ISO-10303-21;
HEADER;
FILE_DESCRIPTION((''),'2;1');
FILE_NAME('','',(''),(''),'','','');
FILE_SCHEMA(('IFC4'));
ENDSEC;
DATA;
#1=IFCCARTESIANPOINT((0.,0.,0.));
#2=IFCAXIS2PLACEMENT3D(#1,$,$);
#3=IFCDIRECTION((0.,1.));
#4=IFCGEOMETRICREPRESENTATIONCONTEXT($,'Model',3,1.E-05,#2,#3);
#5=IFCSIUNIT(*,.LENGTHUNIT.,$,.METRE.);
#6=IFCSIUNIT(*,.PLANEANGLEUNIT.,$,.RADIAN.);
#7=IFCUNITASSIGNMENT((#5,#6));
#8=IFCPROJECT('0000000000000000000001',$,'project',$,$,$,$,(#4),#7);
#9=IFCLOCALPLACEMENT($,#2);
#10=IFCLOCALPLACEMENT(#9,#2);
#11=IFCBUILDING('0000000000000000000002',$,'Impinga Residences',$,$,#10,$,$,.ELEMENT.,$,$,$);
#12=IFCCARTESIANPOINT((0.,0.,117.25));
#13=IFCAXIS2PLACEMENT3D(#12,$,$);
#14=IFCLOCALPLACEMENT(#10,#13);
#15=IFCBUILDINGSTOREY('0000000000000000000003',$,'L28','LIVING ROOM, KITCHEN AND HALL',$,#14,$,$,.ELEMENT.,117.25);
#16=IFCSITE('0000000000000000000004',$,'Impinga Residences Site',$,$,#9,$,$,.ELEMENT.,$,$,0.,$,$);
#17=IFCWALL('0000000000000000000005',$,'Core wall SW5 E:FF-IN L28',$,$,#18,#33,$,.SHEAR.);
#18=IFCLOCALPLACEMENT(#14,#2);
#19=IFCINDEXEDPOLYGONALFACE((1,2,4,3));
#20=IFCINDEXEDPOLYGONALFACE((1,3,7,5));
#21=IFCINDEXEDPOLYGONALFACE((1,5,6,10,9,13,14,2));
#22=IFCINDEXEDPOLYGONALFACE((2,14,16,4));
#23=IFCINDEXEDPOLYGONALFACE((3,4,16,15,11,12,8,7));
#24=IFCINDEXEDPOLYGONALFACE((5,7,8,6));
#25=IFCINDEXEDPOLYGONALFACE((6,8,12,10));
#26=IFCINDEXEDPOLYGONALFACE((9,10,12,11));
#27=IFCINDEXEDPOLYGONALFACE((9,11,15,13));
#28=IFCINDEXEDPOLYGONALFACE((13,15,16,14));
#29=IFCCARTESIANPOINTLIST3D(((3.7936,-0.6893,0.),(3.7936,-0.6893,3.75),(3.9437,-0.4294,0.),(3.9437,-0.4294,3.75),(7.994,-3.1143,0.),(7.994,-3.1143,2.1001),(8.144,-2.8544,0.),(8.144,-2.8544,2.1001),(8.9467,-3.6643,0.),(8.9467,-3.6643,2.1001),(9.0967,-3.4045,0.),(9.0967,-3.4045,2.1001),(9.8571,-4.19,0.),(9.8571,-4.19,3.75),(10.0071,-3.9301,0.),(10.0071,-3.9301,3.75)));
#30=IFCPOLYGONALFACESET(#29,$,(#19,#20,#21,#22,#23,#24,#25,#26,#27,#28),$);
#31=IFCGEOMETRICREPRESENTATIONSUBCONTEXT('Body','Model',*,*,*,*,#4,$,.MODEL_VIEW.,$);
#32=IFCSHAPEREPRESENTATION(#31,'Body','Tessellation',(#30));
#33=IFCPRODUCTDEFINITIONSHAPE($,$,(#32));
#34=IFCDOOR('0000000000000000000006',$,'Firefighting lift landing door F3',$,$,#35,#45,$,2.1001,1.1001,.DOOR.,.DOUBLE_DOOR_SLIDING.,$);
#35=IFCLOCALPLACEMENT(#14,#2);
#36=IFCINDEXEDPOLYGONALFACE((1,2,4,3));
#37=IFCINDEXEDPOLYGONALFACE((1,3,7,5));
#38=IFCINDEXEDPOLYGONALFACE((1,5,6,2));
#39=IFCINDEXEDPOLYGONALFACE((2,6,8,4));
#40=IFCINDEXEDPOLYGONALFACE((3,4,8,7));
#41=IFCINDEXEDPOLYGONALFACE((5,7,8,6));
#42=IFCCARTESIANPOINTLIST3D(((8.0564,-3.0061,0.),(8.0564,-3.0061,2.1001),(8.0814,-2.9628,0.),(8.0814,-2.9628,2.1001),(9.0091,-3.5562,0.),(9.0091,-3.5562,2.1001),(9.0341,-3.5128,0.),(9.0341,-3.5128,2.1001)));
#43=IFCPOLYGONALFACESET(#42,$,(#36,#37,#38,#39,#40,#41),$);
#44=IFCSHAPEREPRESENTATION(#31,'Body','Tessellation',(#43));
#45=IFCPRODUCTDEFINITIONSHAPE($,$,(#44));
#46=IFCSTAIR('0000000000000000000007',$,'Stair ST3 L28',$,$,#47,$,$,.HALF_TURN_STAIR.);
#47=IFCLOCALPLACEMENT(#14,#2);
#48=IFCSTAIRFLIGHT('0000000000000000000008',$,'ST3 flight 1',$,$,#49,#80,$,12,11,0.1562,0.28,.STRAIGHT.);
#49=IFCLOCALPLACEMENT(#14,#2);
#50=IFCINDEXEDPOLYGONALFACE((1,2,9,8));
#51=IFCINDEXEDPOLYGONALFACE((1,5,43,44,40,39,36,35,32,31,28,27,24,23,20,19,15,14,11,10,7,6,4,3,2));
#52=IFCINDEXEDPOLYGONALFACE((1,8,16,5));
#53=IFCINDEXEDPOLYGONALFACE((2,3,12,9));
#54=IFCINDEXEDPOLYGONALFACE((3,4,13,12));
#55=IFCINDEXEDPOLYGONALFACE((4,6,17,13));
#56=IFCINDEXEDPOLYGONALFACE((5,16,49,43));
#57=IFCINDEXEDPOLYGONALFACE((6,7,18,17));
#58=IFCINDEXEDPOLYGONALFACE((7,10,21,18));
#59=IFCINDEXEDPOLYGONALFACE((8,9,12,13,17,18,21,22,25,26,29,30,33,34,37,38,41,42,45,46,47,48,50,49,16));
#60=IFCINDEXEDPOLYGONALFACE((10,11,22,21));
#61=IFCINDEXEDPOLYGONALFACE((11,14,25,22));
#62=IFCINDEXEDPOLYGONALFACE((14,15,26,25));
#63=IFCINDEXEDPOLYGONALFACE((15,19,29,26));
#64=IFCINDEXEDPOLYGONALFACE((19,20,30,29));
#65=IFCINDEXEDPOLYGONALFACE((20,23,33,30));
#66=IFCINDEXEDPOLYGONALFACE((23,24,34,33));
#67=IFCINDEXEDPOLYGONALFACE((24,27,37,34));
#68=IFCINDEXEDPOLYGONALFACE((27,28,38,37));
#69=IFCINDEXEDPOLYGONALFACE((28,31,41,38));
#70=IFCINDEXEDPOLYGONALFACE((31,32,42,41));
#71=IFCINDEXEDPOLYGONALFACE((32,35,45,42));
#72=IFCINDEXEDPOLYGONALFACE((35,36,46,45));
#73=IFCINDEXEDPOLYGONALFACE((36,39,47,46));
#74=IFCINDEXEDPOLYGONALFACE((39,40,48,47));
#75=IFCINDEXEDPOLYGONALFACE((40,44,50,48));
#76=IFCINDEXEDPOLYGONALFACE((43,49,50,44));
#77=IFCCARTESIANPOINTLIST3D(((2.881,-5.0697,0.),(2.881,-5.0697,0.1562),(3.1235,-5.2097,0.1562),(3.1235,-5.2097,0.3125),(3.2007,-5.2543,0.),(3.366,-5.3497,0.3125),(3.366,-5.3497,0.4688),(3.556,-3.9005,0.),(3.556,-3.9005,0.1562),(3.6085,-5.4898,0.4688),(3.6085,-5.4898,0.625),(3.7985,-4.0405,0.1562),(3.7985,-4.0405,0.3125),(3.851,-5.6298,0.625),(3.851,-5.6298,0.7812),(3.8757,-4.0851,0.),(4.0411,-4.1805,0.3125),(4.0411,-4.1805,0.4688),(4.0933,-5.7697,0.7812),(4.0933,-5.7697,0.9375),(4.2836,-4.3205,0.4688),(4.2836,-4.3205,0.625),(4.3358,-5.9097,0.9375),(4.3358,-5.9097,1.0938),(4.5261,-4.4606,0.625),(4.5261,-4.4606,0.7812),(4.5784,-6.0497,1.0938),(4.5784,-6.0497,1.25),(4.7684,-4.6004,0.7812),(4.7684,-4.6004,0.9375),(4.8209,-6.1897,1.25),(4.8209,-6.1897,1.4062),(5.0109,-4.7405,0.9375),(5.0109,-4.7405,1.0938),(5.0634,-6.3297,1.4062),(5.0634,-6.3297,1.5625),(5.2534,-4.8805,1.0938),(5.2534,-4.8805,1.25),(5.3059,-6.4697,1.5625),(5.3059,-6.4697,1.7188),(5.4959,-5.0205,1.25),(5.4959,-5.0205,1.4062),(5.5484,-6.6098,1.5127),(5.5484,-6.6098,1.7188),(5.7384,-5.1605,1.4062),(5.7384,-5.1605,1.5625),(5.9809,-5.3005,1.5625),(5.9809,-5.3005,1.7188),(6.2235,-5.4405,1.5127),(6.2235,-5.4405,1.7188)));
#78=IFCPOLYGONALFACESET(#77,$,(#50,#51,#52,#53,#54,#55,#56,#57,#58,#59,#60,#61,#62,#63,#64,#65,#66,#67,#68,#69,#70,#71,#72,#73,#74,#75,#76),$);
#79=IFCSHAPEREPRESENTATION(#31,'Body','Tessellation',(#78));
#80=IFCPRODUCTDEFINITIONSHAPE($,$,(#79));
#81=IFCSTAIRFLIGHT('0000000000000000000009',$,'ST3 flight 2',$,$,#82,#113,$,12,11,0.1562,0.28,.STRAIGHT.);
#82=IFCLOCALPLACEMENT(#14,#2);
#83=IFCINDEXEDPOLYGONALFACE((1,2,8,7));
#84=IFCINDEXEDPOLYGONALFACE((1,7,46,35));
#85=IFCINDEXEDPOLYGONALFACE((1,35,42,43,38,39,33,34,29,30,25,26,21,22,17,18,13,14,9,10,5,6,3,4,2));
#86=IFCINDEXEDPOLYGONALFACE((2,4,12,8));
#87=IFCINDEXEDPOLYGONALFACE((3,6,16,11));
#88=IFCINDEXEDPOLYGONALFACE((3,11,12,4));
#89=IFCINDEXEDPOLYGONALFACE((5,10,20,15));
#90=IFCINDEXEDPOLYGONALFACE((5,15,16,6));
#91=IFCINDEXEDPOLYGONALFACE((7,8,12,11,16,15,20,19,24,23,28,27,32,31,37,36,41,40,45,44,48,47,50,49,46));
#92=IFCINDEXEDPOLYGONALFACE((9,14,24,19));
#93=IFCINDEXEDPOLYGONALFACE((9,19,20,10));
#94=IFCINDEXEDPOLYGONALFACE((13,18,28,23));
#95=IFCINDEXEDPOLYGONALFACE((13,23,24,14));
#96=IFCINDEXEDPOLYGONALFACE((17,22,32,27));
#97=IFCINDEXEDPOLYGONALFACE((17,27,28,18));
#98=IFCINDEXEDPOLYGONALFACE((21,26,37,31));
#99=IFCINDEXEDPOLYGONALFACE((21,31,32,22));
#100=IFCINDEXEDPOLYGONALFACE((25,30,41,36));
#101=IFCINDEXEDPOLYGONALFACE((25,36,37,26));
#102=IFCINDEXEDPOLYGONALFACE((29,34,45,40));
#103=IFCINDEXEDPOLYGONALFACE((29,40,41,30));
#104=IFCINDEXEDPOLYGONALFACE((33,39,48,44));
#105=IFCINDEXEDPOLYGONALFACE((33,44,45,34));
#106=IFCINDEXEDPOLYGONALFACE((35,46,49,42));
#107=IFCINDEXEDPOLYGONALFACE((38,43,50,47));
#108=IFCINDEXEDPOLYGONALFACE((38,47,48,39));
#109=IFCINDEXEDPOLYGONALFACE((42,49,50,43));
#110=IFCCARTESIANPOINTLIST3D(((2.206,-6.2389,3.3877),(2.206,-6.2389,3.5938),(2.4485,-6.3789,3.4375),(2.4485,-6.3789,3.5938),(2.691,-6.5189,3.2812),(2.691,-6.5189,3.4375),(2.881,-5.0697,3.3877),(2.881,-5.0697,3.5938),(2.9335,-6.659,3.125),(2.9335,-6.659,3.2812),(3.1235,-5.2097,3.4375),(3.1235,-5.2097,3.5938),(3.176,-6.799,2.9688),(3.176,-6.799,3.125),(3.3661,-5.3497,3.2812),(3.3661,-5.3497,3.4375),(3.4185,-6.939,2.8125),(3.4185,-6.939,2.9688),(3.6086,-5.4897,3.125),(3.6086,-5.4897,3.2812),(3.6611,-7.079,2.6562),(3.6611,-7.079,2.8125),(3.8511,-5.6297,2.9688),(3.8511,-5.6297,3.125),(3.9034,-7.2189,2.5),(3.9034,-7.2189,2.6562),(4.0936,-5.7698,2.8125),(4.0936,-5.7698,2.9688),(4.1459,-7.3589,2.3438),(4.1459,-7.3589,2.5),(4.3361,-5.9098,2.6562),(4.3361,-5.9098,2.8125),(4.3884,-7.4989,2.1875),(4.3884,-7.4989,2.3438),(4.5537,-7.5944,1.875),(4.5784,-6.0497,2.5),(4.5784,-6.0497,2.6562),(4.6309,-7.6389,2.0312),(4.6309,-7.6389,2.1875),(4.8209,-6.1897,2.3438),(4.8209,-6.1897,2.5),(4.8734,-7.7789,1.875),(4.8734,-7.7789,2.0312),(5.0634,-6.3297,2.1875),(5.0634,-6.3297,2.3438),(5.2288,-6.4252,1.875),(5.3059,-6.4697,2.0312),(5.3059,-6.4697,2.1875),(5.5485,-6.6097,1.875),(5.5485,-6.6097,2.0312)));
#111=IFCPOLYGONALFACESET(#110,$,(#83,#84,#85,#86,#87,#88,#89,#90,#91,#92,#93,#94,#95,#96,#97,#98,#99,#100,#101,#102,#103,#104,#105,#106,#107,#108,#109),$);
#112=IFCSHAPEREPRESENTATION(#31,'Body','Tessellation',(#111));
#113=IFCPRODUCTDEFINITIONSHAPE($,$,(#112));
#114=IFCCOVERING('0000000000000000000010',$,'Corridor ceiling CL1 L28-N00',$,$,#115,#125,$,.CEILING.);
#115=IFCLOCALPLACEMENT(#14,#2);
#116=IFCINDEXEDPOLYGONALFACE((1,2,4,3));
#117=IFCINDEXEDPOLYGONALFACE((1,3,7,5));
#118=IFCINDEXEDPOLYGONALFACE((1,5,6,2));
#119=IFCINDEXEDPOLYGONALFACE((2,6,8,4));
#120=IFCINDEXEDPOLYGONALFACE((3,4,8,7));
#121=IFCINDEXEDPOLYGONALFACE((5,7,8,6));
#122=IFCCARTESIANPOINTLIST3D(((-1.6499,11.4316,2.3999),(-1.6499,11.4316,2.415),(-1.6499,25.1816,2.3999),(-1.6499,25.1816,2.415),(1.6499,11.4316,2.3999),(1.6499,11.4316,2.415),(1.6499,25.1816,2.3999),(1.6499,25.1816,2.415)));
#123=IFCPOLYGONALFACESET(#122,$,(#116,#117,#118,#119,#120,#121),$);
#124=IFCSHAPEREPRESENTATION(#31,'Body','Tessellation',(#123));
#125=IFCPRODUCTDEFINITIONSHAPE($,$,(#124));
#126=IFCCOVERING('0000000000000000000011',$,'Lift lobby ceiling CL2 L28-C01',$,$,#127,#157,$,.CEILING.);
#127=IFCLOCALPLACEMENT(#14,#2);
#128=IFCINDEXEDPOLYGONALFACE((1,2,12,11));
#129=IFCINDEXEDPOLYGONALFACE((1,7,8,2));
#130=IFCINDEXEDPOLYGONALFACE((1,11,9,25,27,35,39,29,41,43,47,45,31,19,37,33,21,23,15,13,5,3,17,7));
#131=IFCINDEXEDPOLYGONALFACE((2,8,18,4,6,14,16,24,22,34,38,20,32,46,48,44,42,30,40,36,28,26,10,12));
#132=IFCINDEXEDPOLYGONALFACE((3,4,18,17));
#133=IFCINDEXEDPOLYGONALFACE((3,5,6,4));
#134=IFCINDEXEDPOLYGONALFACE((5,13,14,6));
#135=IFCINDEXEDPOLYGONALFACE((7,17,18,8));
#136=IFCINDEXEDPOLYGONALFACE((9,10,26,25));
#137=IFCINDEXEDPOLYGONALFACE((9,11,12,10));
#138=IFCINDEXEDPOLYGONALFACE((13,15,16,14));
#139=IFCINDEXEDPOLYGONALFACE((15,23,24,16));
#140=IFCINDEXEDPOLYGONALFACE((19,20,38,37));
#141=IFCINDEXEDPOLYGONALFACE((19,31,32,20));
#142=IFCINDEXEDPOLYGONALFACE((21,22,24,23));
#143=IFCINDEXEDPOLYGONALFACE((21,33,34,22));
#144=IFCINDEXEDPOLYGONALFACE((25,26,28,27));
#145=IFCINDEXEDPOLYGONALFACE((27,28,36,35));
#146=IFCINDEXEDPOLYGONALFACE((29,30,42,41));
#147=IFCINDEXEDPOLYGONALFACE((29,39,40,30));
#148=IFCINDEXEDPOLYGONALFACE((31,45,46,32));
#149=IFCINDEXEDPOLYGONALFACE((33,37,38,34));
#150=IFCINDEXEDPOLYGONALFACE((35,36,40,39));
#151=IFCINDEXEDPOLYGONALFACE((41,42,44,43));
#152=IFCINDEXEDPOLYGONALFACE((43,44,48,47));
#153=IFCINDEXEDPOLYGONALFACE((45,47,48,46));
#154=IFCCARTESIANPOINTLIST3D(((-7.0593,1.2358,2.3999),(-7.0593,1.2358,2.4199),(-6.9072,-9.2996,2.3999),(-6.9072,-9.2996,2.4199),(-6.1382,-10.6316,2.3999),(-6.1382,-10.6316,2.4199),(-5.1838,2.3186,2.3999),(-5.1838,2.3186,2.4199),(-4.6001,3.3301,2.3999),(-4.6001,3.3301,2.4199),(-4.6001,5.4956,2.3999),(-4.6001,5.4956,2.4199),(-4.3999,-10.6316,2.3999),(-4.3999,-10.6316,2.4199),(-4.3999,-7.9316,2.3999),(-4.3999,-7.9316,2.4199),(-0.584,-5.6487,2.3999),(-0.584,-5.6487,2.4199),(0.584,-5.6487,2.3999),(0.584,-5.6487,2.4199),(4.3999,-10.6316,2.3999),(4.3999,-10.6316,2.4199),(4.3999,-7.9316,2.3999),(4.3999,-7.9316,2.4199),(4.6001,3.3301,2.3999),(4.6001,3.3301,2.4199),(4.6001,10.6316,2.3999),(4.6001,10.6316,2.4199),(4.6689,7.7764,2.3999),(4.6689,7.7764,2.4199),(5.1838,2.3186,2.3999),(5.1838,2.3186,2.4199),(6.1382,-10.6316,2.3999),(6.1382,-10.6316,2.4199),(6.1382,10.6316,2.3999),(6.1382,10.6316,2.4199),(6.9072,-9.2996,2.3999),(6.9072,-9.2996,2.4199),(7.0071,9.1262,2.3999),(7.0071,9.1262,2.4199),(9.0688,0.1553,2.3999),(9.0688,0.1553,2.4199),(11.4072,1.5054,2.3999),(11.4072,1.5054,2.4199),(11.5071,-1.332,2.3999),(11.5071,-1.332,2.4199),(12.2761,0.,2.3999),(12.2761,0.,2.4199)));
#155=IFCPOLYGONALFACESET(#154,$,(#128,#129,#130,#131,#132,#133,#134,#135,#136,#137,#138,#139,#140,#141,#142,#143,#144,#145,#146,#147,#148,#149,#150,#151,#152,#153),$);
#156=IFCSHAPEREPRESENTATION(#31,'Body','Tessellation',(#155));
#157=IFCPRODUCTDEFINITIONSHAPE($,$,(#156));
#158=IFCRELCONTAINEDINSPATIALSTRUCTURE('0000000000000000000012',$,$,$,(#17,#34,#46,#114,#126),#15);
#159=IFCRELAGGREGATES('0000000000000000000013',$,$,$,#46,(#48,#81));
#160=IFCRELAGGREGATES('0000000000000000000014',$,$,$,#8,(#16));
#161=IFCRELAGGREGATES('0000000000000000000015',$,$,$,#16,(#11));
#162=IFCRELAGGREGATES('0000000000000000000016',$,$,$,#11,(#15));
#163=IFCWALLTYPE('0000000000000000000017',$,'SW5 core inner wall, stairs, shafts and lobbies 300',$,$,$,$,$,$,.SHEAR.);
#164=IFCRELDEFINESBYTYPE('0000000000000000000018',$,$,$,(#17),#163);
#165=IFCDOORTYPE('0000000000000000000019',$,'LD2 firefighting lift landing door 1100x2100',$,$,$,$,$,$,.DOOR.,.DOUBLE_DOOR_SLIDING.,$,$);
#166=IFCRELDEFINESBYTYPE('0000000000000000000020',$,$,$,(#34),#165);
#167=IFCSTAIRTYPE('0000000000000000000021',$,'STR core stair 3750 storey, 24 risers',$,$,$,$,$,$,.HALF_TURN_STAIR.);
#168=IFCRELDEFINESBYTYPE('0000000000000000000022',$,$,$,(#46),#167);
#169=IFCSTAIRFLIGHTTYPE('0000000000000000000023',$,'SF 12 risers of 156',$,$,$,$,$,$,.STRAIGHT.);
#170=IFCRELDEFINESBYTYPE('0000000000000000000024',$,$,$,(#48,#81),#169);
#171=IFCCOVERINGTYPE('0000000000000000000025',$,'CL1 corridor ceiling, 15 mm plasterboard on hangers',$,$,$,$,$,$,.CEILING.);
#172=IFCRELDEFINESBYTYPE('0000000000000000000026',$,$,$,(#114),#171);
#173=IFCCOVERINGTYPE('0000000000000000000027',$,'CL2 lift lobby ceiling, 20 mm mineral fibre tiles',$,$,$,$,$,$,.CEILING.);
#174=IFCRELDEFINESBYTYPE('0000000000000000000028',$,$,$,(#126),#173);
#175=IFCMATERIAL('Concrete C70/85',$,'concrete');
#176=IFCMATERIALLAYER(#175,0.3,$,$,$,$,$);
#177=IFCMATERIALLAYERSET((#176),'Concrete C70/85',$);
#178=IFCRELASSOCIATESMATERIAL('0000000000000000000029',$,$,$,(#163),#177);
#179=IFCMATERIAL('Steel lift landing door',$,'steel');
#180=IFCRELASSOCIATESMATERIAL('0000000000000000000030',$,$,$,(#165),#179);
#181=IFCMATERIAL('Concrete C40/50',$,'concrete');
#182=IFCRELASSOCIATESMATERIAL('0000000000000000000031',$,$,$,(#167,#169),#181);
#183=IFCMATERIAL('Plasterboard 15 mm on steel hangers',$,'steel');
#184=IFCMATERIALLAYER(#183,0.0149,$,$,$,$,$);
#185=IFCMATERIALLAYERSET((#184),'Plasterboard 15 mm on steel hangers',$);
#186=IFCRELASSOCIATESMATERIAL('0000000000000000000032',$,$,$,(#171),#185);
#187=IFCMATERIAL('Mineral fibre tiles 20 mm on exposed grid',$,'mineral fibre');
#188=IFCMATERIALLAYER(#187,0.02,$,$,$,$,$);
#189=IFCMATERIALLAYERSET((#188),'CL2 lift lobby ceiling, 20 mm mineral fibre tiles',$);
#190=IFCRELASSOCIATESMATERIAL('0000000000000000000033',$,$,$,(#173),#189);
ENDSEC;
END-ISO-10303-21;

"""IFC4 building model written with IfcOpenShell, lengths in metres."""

from ifc_helpers import new_model, si_unit, direction, frame, frame_2d, origin, place, context, subcontext, project, spatial, polyline, rectangle, outline, extrude, material, layer, layer_set, type_object, element, fill, aggregate, save


model = new_model("IFC4")

# Units and contexts
model_context = context("Model", 3, precision=1e-05, world=origin(), true_north=direction((0.0, 1.0)))
body_context = subcontext(model_context, "Body", "Model", "MODEL_VIEW")
ifc_project = project(units=[si_unit("LENGTHUNIT", "METRE"), si_unit("PLANEANGLEUNIT", "RADIAN")], contexts=[model_context])

# Site, building, storey
site_placement = place(None, origin())
site = spatial("IfcSite", under=ifc_project, at=site_placement, Name="Impinga Residences Site", CompositionType="ELEMENT", RefElevation=0.0)
building_placement = place(site_placement, origin())
building = spatial("IfcBuilding", under=site, at=building_placement, Name="Impinga Residences", CompositionType="ELEMENT")
storey_placement = place(building_placement, frame((0.0, 0.0, 117.25)))
storey = spatial("IfcBuildingStorey", under=building, at=storey_placement, Name="L28", Description="LIVING ROOM, KITCHEN AND HALL", CompositionType="ELEMENT", Elevation=117.25)

# Shared definitions
ifc_material_1 = material(Name="Concrete C40/50", Category="concrete")

# Shared definitions
ifc_material_2 = material(Name="Concrete C70/85", Category="concrete")
ifc_layer_1 = layer(ifc_material_2, 0.3)
ifc_layer_set_1 = layer_set([ifc_layer_1], Name="Concrete C70/85")
wall_type_1 = type_object("IfcWallType", Name="SW5 core inner wall, stairs, shafts and lobbies 300", PredefinedType="SHEAR", material=ifc_layer_set_1)

# Wall, opening, door
wall_1_placement = place(storey_placement, frame((3.8687, -0.5593, 0.0), z_axis=(0.0, 0.0, 1.0), x_axis=(0.866026, -0.499998, 0.0)))
wall_1 = element("IfcWall", 1, at=wall_1_placement, inside=storey, type_object=wall_type_1, Name="Core wall SW5 E:FF-IN L28", PredefinedType="SHEAR", context=body_context, shape_type="SweptSolid", body=[
    extrude(rectangle(XDim=7.0015, YDim=0.3, at=frame_2d((3.5007, 0.0))), origin(), (0.0, 0.0, 1.0), 3.75),
])
opening_1_placement = place(wall_1_placement, frame((4.8501, 0.0, 0.0)))
opening_1 = element("IfcOpeningElement", 2, at=opening_1_placement, cuts=wall_1, PredefinedType="OPENING", context=body_context, shape_type="SweptSolid", body=[
    extrude(rectangle(XDim=1.1001, YDim=2.1001, at=frame_2d((0.55, 1.05))), frame((0.0, 0.1599, 0.0), z_axis=(0.0, -1.0, 0.0), x_axis=(1.0, 0.0, 0.0)), (0.0, 0.0, 1.0), 0.3201),
])
ifc_material_3 = material(Name="Steel lift landing door", Category="steel")
door_type_1 = type_object("IfcDoorType", Name="LD2 firefighting lift landing door 1100x2100", OperationType="DOUBLE_DOOR_SLIDING", PredefinedType="DOOR", material=ifc_material_3)
door_1_placement = place(opening_1_placement, origin())
door_1 = element("IfcDoor", 3, at=door_1_placement, inside=storey, type_object=door_type_1, Name="Firefighting lift landing door F3", OperationType="DOUBLE_DOOR_SLIDING", OverallHeight=2.1001, OverallWidth=1.1001, PredefinedType="DOOR", context=body_context, shape_type="SweptSolid", body=[
    extrude(rectangle(XDim=1.1001, YDim=2.1001, at=frame_2d((0.55, 1.05))), frame((0.0, 0.0249, 0.0), z_axis=(0.0, -1.0, 0.0), x_axis=(1.0, 0.0, 0.0)), (0.0, 0.0, 1.0), 0.05),
])
fill(opening_1, door_1)

# Stair, stair flights
stair_type_1 = type_object("IfcStairType", Name="STR core stair 3750 storey, 24 risers", PredefinedType="HALF_TURN_STAIR", material=ifc_material_1)
stair_1_placement = place(storey_placement, origin())
stair_1 = element("IfcStair", 4, at=stair_1_placement, inside=storey, type_object=stair_type_1, Name="Stair ST3 L28", PredefinedType="HALF_TURN_STAIR")
stair_flight_type = type_object("IfcStairFlightType", Name="SF 12 risers of 156", PredefinedType="STRAIGHT", material=ifc_material_1)
stair_flight_1_placement = place(storey_placement, frame((3.2185, -4.4851, 0.0), z_axis=(0.0, 0.0, 1.0), x_axis=(0.866025, -0.5, 0.0)))
stair_flight_1 = element("IfcStairFlight", 5, at=stair_flight_1_placement, type_object=stair_flight_type, Name="ST3 flight 1", NumberOfRisers=12, NumberOfTreads=11, PredefinedType="STRAIGHT", RiserHeight=0.1562, TreadLength=0.28, context=body_context, shape_type="SweptSolid", body=[
    extrude(outline(polyline([(0.0, 0.0), (0.0, 0.1562), (0.28, 0.1562), (0.28, 0.3125), (0.5601, 0.3125), (0.5601, 0.4688), (0.8401, 0.4688), (0.8401, 0.625), (1.1201, 0.625), (1.1201, 0.7812), (1.3999, 0.7812), (1.3999, 0.9375), (1.6799, 0.9375), (1.6799, 1.0938), (1.96, 1.0938), (1.96, 1.25), (2.24, 1.25), (2.24, 1.4062), (2.52, 1.4062), (2.52, 1.5625), (2.8, 1.5625), (2.8, 1.7188), (3.0801, 1.7188), (3.0801, 1.875), (3.0801, 1.5127), (0.3691, 0.0), (0.0, 0.0)])), frame((0.0, 0.675, 0.0), z_axis=(0.0, -1.0, 0.0), x_axis=(1.0, 0.0, 0.0)), (0.0, 0.0, 1.0), 1.3501),
])
stair_flight_2_placement = place(storey_placement, frame((5.2109, -7.1943, 1.875), z_axis=(0.0, 0.0, 1.0), x_axis=(-0.866025, 0.5, 0.0)))
stair_flight_2 = element("IfcStairFlight", 6, at=stair_flight_2_placement, type_object=stair_flight_type, Name="ST3 flight 2", NumberOfRisers=12, NumberOfTreads=11, PredefinedType="STRAIGHT", RiserHeight=0.1562, TreadLength=0.28, context=body_context, shape_type="SweptSolid", body=[
    extrude(outline(polyline([(0.0, 0.0), (0.0, 0.1562), (0.28, 0.1562), (0.28, 0.3125), (0.5601, 0.3125), (0.5601, 0.4688), (0.8401, 0.4688), (0.8401, 0.625), (1.1201, 0.625), (1.1201, 0.7812), (1.3999, 0.7812), (1.3999, 0.9375), (1.6799, 0.9375), (1.6799, 1.0938), (1.96, 1.0938), (1.96, 1.25), (2.24, 1.25), (2.24, 1.4062), (2.52, 1.4062), (2.52, 1.5625), (2.8, 1.5625), (2.8, 1.7188), (3.0801, 1.7188), (3.0801, 1.875), (3.0801, 1.5127), (0.3691, 0.0), (0.0, 0.0)])), frame((0.0, 0.675, 0.0), z_axis=(0.0, -1.0, 0.0), x_axis=(1.0, 0.0, 0.0)), (0.0, 0.0, 1.0), 1.3501),
])
aggregate(stair_1, [stair_flight_1, stair_flight_2])

# Coverings
ifc_material_4 = material(Name="Plasterboard 15 mm on steel hangers", Category="steel")
ifc_layer_2 = layer(ifc_material_4, 0.0149)
ifc_layer_set_2 = layer_set([ifc_layer_2], Name="Plasterboard 15 mm on steel hangers")
covering_type_1 = type_object("IfcCoveringType", Name="CL1 corridor ceiling, 15 mm plasterboard on hangers", PredefinedType="CEILING", material=ifc_layer_set_2)
covering_1_placement = place(storey_placement, frame((0.0, 0.0, 2.3999)))
element("IfcCovering", 7, at=covering_1_placement, inside=storey, type_object=covering_type_1, Name="Corridor ceiling CL1 L28-N00", PredefinedType="CEILING", context=body_context, shape_type="SweptSolid", body=[
    extrude(outline(polyline([(-1.6499, 11.4316), (1.6499, 11.4316), (1.6499, 25.1816), (-1.6499, 25.1816), (-1.6499, 11.4316)])), origin(), (0.0, 0.0, 1.0), 0.0151),
])
ifc_material_5 = material(Name="Mineral fibre tiles 20 mm on exposed grid", Category="mineral fibre")
ifc_layer_3 = layer(ifc_material_5, 0.02)
ifc_layer_set_3 = layer_set([ifc_layer_3], Name="CL2 lift lobby ceiling, 20 mm mineral fibre tiles")
covering_type_2 = type_object("IfcCoveringType", Name="CL2 lift lobby ceiling, 20 mm mineral fibre tiles", PredefinedType="CEILING", material=ifc_layer_set_3)
covering_2_placement = place(storey_placement, frame((0.0, 0.0, 2.3999)))
element("IfcCovering", 8, at=covering_2_placement, inside=storey, type_object=covering_type_2, Name="Lift lobby ceiling CL2 L28-C01", PredefinedType="CEILING", context=body_context, shape_type="SweptSolid", body=[
    extrude(outline(polyline([(5.1838, 2.3186), (0.584, -5.6487), (6.9072, -9.2996), (6.1382, -10.6316), (4.3999, -10.6316), (4.3999, -7.9316), (-4.3999, -7.9316), (-4.3999, -10.6316), (-6.1382, -10.6316), (-6.9072, -9.2996), (-0.584, -5.6487), (-5.1838, 2.3186), (-7.0593, 1.2358), (-4.6001, 5.4956), (-4.6001, 3.3301), (4.6001, 3.3301), (4.6001, 10.6316), (6.1382, 10.6316), (7.0071, 9.1262), (4.6689, 7.7764), (9.0688, 0.1553), (11.4072, 1.5054), (12.2761, 0.0), (11.5071, -1.332), (5.1838, 2.3186)])), origin(), (0.0, 0.0, 1.0), 0.02),
])

save(model, "model.ifc")
